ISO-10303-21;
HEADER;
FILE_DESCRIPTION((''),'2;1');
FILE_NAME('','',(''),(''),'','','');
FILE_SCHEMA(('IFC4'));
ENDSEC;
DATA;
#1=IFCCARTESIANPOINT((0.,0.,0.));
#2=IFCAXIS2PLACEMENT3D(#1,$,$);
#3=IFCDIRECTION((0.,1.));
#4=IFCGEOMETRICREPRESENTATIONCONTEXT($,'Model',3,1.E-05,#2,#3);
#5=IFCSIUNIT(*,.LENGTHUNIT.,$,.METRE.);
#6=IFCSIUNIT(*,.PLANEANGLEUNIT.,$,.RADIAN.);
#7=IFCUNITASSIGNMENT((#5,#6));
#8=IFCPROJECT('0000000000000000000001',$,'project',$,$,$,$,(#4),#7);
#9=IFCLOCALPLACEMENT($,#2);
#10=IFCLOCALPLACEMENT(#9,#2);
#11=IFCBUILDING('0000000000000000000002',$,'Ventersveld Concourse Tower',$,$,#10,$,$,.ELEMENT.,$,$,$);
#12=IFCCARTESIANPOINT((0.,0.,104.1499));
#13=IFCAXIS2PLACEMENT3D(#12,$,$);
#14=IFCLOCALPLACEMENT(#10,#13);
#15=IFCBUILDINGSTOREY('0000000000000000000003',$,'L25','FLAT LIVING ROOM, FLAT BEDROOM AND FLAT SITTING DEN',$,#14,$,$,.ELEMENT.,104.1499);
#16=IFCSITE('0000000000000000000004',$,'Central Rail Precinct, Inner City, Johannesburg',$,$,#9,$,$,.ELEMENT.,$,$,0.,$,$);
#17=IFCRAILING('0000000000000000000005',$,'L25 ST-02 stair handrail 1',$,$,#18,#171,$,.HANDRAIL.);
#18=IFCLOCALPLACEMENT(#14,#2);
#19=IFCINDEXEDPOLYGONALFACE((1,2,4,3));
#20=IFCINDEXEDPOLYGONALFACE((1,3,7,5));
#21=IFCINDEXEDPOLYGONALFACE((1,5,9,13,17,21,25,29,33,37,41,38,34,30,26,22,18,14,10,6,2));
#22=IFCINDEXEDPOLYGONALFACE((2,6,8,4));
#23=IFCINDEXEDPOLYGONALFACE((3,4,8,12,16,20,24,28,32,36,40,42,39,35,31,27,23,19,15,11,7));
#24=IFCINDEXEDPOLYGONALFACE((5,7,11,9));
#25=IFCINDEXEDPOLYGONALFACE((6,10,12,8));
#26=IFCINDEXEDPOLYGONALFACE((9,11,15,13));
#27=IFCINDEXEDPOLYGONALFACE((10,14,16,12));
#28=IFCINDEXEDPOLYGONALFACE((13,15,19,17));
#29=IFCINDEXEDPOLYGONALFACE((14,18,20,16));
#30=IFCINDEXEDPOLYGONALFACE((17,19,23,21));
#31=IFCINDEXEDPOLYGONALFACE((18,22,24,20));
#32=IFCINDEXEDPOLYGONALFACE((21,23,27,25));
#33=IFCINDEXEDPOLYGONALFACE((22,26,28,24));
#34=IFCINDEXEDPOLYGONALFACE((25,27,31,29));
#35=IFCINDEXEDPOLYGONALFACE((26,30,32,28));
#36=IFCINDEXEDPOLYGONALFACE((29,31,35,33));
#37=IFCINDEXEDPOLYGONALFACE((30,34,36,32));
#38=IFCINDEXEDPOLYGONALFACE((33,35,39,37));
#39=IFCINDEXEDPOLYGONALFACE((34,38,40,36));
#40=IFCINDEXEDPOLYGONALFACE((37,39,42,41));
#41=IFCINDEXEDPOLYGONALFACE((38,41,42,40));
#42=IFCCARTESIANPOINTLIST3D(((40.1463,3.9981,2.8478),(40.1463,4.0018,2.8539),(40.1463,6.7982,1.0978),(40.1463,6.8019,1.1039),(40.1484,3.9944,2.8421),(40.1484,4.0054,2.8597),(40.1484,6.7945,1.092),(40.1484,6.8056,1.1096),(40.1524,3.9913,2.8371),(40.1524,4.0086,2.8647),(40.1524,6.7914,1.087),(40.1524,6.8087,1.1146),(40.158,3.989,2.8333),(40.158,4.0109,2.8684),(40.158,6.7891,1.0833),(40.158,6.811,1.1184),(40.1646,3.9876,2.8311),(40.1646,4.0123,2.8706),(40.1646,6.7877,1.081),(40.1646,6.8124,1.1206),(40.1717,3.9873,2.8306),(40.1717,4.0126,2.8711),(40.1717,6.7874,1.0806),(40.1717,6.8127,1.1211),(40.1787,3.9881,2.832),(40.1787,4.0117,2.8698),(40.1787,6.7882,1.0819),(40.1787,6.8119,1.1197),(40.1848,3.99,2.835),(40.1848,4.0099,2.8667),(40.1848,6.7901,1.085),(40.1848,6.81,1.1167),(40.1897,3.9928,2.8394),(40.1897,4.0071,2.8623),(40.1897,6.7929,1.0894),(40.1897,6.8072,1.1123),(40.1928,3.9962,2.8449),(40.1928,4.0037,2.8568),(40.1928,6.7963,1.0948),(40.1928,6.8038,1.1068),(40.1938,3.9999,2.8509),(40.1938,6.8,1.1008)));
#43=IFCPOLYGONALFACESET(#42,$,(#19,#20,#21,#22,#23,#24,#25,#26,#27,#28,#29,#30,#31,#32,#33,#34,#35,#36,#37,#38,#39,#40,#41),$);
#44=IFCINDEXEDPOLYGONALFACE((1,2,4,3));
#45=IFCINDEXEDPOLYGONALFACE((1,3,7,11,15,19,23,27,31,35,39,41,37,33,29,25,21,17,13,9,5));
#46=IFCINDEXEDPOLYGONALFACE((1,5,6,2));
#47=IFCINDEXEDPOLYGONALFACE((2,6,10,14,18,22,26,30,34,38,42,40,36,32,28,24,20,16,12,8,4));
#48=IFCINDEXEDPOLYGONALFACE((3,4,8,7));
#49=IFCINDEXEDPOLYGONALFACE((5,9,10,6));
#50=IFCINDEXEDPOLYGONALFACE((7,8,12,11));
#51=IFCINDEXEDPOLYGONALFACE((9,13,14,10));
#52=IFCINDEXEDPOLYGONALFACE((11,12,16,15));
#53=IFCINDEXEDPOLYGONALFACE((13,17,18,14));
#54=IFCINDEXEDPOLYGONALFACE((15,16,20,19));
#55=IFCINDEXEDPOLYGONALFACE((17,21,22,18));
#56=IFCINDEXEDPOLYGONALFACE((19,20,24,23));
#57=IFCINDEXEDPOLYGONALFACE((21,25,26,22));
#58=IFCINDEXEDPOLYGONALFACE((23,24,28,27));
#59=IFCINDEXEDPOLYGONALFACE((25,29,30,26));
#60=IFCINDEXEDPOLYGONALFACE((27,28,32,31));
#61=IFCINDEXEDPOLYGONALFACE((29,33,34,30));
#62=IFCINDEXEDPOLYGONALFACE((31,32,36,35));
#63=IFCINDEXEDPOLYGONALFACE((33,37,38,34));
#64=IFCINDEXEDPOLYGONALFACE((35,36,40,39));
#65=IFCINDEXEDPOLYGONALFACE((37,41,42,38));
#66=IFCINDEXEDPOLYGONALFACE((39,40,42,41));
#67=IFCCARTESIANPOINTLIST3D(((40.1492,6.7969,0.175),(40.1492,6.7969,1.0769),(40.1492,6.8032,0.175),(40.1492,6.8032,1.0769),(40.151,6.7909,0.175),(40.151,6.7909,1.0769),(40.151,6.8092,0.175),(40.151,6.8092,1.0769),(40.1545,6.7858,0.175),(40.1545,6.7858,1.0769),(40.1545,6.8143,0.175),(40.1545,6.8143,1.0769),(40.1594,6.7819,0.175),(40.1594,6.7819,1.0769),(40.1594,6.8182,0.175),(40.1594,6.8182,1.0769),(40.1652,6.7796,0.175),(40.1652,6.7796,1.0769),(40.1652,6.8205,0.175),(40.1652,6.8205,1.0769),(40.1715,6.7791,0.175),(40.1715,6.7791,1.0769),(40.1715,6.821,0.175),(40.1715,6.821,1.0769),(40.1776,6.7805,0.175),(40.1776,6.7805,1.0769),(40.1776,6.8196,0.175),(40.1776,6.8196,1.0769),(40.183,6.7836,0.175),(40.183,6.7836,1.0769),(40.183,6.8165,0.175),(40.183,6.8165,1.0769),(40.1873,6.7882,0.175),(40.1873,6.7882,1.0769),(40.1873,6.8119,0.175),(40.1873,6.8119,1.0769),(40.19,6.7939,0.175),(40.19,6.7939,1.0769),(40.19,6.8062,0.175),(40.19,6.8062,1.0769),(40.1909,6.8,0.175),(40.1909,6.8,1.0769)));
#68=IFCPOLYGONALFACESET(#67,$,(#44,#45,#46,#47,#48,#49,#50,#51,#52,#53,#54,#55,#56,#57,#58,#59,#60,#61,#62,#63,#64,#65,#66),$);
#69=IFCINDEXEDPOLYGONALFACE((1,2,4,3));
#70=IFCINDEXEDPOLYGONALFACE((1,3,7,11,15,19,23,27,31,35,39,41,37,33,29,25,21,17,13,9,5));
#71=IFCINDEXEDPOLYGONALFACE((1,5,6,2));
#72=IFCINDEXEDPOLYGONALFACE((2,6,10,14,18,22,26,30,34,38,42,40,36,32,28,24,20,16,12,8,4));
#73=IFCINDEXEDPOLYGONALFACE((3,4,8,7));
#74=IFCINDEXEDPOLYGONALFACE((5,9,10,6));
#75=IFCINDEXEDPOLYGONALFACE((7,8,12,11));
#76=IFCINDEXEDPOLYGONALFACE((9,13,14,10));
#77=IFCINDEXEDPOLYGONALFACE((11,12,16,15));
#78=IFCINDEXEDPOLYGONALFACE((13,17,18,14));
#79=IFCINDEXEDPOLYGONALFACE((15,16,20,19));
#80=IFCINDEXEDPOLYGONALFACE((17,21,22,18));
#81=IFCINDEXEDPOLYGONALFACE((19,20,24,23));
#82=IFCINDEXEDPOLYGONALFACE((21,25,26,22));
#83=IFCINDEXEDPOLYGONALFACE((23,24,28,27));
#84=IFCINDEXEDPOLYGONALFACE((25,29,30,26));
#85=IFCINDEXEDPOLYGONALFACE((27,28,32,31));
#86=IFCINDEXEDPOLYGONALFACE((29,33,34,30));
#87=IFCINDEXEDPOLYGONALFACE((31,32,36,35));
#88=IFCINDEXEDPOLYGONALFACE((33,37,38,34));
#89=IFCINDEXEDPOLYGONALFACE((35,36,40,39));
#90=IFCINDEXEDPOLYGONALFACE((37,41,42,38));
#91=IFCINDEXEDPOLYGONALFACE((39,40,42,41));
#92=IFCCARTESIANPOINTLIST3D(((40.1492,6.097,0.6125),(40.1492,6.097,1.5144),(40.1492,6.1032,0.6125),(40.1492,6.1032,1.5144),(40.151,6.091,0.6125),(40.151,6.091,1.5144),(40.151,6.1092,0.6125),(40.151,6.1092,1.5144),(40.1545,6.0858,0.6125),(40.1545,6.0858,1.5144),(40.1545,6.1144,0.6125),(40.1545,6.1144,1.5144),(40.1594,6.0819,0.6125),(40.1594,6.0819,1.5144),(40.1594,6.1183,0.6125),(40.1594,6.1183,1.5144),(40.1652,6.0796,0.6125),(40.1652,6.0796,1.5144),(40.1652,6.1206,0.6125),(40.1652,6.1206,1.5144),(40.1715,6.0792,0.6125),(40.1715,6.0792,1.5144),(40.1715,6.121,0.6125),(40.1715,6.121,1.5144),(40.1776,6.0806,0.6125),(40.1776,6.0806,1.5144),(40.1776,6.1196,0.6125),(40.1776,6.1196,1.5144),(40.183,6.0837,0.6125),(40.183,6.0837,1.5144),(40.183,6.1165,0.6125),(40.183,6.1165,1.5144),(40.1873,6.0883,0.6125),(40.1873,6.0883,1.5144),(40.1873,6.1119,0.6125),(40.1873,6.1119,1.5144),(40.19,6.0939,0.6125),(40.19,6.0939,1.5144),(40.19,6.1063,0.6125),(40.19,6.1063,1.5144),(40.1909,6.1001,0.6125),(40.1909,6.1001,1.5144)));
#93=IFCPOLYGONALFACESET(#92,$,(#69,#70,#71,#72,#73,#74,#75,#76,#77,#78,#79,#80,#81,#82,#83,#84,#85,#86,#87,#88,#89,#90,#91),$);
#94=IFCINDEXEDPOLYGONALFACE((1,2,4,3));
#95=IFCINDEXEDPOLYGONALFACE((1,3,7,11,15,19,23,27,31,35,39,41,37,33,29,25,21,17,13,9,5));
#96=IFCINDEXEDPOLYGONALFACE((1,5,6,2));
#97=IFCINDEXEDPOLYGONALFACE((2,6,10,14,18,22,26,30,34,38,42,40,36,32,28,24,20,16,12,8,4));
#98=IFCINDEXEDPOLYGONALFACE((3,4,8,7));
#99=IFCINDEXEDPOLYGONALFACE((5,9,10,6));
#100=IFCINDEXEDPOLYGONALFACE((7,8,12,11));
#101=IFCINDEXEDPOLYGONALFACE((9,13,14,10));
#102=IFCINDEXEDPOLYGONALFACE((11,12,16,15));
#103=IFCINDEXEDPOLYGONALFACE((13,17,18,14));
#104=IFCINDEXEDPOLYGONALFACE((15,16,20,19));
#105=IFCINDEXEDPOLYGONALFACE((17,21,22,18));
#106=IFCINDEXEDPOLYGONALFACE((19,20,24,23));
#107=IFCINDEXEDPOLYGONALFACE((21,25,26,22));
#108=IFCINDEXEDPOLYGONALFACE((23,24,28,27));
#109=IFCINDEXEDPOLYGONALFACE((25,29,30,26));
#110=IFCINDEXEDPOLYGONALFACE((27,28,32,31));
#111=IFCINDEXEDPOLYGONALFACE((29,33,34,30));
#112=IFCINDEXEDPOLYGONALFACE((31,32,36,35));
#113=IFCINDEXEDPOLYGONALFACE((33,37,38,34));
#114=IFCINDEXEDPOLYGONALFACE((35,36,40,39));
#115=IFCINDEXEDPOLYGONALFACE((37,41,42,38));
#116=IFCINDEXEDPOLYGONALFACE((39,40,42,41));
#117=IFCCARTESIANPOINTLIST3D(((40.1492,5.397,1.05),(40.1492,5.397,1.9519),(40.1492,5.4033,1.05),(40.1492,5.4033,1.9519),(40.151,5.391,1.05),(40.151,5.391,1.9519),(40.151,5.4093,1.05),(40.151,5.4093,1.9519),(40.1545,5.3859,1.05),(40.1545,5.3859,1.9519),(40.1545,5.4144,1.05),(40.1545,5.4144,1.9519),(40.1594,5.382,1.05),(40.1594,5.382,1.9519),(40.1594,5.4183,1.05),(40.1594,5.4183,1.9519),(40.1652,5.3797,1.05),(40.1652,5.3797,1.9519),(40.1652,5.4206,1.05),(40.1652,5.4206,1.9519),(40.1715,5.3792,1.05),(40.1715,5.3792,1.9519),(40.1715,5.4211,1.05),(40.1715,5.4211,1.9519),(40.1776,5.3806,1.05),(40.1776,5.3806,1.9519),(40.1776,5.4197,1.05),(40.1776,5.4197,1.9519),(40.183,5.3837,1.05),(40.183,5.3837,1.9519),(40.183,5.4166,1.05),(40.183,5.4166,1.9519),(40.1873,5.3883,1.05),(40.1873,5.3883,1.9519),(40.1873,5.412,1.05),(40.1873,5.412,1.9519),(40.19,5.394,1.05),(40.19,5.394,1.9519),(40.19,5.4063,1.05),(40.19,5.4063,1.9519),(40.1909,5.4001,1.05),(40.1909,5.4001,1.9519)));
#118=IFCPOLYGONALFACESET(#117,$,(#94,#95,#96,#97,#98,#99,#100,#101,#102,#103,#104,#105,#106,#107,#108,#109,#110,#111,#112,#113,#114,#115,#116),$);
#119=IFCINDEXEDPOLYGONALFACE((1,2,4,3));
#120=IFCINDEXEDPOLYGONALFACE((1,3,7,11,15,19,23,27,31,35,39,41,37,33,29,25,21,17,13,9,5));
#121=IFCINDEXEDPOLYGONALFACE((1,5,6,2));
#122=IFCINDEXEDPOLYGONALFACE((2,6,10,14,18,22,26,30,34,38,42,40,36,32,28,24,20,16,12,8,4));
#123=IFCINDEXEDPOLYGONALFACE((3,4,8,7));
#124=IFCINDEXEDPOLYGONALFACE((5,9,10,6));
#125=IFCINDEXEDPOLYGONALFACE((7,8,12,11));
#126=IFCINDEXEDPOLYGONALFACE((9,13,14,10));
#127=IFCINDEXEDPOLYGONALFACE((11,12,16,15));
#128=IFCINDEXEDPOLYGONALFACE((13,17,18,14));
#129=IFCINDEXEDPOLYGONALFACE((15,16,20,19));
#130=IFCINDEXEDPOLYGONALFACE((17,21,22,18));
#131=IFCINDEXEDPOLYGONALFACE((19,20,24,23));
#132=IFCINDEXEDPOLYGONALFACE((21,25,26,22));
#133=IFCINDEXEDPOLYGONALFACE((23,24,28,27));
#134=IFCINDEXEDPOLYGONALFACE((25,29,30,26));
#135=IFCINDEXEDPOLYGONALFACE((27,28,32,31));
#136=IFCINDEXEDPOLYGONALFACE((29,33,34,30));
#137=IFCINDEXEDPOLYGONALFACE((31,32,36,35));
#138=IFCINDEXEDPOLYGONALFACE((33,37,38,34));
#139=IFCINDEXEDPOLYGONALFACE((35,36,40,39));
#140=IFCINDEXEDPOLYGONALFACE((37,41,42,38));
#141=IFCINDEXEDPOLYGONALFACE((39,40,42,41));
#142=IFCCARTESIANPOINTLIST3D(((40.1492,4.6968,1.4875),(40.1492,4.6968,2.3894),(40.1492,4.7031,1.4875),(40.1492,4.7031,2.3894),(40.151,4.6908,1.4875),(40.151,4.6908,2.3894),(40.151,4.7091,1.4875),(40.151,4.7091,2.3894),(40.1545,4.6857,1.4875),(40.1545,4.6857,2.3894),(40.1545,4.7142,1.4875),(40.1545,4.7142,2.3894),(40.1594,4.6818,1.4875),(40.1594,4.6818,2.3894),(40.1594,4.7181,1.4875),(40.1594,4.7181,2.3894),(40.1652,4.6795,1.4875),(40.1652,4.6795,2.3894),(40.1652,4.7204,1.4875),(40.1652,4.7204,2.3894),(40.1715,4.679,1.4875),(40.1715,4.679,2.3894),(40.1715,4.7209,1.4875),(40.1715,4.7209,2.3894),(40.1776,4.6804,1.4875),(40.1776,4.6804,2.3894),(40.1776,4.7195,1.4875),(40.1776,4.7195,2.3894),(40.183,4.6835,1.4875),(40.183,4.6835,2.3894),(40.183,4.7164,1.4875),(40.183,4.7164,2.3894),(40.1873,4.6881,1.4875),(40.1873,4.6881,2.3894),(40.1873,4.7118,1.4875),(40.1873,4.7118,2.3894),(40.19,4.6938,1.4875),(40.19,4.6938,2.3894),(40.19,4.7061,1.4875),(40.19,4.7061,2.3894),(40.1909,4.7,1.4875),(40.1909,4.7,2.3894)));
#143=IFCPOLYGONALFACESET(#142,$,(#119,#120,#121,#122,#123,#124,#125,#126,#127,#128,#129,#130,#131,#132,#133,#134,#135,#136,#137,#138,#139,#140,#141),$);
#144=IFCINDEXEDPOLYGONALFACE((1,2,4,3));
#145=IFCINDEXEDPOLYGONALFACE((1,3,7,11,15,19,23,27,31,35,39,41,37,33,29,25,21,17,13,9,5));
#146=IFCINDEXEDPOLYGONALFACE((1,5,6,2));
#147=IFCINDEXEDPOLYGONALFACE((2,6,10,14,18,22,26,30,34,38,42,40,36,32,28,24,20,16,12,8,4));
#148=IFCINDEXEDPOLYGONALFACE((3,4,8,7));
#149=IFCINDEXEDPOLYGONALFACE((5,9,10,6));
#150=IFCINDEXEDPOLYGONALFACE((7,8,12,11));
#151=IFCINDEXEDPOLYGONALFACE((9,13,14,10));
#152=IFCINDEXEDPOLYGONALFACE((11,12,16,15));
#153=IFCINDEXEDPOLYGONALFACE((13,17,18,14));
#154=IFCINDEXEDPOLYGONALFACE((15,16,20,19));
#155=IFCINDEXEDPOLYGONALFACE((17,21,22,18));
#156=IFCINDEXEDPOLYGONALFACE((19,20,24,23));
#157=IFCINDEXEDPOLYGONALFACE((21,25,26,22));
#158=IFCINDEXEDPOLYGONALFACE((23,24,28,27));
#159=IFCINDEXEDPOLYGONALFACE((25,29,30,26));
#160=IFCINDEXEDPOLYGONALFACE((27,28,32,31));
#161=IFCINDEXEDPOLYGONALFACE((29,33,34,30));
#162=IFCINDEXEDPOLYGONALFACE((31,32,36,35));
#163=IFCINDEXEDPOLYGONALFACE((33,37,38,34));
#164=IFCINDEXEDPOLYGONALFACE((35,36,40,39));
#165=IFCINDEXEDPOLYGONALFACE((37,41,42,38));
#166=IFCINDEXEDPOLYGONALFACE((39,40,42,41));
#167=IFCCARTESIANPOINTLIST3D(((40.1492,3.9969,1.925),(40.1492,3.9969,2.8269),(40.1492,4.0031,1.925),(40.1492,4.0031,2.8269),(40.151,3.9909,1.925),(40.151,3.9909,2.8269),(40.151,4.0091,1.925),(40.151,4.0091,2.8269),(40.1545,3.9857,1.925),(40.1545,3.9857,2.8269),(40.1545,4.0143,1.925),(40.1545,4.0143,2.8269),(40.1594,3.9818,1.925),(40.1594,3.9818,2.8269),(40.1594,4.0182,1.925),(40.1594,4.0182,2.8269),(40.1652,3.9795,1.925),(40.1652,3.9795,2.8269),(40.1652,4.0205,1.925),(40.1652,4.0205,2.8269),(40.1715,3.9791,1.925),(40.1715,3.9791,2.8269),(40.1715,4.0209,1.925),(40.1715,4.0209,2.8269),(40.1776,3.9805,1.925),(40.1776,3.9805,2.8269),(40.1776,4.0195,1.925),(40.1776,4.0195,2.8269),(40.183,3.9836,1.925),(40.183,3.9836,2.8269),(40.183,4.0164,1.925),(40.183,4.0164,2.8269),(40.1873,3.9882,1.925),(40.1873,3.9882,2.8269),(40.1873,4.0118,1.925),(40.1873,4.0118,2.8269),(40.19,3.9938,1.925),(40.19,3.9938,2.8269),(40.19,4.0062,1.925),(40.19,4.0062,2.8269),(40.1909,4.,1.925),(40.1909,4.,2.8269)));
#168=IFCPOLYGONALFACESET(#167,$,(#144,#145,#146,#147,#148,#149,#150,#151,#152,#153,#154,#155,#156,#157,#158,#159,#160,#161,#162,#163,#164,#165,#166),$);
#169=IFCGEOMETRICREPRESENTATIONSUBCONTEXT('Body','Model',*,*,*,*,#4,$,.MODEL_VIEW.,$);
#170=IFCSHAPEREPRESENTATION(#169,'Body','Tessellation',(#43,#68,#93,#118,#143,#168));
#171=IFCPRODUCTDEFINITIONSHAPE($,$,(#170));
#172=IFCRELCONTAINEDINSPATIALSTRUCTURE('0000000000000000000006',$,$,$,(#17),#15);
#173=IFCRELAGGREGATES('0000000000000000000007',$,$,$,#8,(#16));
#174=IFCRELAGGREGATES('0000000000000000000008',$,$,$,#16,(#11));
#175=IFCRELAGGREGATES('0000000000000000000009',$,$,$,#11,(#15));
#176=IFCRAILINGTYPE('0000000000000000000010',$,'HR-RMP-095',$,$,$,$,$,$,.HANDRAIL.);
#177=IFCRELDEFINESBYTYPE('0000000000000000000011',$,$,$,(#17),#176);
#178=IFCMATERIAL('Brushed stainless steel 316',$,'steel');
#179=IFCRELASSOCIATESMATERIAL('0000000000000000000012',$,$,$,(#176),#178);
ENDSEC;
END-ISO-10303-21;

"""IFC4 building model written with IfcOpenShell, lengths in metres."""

from ifc_helpers import new_model, si_unit, direction, frame, origin, origin_2d, place, context, subcontext, project, spatial, circle, extrude, material, type_object, element, save


model = new_model("IFC4")

# Units and contexts
model_context = context("Model", 3, precision=1e-05, world=origin(), true_north=direction((0.0, 1.0)))
body_context = subcontext(model_context, "Body", "Model", "MODEL_VIEW")
ifc_project = project(units=[si_unit("LENGTHUNIT", "METRE"), si_unit("PLANEANGLEUNIT", "RADIAN")], contexts=[model_context])

# Site, building, storey
site_placement = place(None, origin())
site = spatial("IfcSite", under=ifc_project, at=site_placement, Name="Central Rail Precinct, Inner City, Johannesburg", CompositionType="ELEMENT", RefElevation=0.0)
building_placement = place(site_placement, origin())
building = spatial("IfcBuilding", under=site, at=building_placement, Name="Ventersveld Concourse Tower", CompositionType="ELEMENT")
storey_placement = place(building_placement, frame((0.0, 0.0, 104.1499)))
storey = spatial("IfcBuildingStorey", under=building, at=storey_placement, Name="L25", Description="FLAT LIVING ROOM, FLAT BEDROOM AND FLAT SITTING DEN", CompositionType="ELEMENT", Elevation=104.1499)

# Railing
ifc_material_1 = material(Name="Brushed stainless steel 316", Category="steel")
railing_type_1 = type_object("IfcRailingType", Name="HR-RMP-095", PredefinedType="HANDRAIL", material=ifc_material_1)
railing_1_placement = place(storey_placement, frame((40.1699, 6.8, 0.175)))
element("IfcRailing", 1, at=railing_1_placement, inside=storey, type_object=railing_type_1, Name="L25 ST-02 stair handrail 1", PredefinedType="HANDRAIL", context=body_context, shape_type="SweptSolid", body=[
    extrude(circle(Radius=0.0239, at=origin_2d()), frame((0.0, 0.0, 0.9258), z_axis=(0.0, -0.848002, 0.529992), x_axis=(1.0, 0.0, 0.0)), (0.0, 0.0, 1.0), 3.302),
    extrude(circle(Radius=0.021, at=origin_2d()), origin(), (0.0, 0.0, 1.0), 0.9019),
    extrude(circle(Radius=0.021, at=origin_2d()), frame((0.0, -0.7, 0.4375)), (0.0, 0.0, 1.0), 0.9019),
    extrude(circle(Radius=0.021, at=origin_2d()), frame((0.0, -1.3999, 0.875)), (0.0, 0.0, 1.0), 0.9019),
    extrude(circle(Radius=0.021, at=origin_2d()), frame((0.0, -2.1001, 1.3125)), (0.0, 0.0, 1.0), 0.9019),
    extrude(circle(Radius=0.021, at=origin_2d()), frame((0.0, -2.8, 1.75)), (0.0, 0.0, 1.0), 0.9019),
])

save(model, "model.ifc")
